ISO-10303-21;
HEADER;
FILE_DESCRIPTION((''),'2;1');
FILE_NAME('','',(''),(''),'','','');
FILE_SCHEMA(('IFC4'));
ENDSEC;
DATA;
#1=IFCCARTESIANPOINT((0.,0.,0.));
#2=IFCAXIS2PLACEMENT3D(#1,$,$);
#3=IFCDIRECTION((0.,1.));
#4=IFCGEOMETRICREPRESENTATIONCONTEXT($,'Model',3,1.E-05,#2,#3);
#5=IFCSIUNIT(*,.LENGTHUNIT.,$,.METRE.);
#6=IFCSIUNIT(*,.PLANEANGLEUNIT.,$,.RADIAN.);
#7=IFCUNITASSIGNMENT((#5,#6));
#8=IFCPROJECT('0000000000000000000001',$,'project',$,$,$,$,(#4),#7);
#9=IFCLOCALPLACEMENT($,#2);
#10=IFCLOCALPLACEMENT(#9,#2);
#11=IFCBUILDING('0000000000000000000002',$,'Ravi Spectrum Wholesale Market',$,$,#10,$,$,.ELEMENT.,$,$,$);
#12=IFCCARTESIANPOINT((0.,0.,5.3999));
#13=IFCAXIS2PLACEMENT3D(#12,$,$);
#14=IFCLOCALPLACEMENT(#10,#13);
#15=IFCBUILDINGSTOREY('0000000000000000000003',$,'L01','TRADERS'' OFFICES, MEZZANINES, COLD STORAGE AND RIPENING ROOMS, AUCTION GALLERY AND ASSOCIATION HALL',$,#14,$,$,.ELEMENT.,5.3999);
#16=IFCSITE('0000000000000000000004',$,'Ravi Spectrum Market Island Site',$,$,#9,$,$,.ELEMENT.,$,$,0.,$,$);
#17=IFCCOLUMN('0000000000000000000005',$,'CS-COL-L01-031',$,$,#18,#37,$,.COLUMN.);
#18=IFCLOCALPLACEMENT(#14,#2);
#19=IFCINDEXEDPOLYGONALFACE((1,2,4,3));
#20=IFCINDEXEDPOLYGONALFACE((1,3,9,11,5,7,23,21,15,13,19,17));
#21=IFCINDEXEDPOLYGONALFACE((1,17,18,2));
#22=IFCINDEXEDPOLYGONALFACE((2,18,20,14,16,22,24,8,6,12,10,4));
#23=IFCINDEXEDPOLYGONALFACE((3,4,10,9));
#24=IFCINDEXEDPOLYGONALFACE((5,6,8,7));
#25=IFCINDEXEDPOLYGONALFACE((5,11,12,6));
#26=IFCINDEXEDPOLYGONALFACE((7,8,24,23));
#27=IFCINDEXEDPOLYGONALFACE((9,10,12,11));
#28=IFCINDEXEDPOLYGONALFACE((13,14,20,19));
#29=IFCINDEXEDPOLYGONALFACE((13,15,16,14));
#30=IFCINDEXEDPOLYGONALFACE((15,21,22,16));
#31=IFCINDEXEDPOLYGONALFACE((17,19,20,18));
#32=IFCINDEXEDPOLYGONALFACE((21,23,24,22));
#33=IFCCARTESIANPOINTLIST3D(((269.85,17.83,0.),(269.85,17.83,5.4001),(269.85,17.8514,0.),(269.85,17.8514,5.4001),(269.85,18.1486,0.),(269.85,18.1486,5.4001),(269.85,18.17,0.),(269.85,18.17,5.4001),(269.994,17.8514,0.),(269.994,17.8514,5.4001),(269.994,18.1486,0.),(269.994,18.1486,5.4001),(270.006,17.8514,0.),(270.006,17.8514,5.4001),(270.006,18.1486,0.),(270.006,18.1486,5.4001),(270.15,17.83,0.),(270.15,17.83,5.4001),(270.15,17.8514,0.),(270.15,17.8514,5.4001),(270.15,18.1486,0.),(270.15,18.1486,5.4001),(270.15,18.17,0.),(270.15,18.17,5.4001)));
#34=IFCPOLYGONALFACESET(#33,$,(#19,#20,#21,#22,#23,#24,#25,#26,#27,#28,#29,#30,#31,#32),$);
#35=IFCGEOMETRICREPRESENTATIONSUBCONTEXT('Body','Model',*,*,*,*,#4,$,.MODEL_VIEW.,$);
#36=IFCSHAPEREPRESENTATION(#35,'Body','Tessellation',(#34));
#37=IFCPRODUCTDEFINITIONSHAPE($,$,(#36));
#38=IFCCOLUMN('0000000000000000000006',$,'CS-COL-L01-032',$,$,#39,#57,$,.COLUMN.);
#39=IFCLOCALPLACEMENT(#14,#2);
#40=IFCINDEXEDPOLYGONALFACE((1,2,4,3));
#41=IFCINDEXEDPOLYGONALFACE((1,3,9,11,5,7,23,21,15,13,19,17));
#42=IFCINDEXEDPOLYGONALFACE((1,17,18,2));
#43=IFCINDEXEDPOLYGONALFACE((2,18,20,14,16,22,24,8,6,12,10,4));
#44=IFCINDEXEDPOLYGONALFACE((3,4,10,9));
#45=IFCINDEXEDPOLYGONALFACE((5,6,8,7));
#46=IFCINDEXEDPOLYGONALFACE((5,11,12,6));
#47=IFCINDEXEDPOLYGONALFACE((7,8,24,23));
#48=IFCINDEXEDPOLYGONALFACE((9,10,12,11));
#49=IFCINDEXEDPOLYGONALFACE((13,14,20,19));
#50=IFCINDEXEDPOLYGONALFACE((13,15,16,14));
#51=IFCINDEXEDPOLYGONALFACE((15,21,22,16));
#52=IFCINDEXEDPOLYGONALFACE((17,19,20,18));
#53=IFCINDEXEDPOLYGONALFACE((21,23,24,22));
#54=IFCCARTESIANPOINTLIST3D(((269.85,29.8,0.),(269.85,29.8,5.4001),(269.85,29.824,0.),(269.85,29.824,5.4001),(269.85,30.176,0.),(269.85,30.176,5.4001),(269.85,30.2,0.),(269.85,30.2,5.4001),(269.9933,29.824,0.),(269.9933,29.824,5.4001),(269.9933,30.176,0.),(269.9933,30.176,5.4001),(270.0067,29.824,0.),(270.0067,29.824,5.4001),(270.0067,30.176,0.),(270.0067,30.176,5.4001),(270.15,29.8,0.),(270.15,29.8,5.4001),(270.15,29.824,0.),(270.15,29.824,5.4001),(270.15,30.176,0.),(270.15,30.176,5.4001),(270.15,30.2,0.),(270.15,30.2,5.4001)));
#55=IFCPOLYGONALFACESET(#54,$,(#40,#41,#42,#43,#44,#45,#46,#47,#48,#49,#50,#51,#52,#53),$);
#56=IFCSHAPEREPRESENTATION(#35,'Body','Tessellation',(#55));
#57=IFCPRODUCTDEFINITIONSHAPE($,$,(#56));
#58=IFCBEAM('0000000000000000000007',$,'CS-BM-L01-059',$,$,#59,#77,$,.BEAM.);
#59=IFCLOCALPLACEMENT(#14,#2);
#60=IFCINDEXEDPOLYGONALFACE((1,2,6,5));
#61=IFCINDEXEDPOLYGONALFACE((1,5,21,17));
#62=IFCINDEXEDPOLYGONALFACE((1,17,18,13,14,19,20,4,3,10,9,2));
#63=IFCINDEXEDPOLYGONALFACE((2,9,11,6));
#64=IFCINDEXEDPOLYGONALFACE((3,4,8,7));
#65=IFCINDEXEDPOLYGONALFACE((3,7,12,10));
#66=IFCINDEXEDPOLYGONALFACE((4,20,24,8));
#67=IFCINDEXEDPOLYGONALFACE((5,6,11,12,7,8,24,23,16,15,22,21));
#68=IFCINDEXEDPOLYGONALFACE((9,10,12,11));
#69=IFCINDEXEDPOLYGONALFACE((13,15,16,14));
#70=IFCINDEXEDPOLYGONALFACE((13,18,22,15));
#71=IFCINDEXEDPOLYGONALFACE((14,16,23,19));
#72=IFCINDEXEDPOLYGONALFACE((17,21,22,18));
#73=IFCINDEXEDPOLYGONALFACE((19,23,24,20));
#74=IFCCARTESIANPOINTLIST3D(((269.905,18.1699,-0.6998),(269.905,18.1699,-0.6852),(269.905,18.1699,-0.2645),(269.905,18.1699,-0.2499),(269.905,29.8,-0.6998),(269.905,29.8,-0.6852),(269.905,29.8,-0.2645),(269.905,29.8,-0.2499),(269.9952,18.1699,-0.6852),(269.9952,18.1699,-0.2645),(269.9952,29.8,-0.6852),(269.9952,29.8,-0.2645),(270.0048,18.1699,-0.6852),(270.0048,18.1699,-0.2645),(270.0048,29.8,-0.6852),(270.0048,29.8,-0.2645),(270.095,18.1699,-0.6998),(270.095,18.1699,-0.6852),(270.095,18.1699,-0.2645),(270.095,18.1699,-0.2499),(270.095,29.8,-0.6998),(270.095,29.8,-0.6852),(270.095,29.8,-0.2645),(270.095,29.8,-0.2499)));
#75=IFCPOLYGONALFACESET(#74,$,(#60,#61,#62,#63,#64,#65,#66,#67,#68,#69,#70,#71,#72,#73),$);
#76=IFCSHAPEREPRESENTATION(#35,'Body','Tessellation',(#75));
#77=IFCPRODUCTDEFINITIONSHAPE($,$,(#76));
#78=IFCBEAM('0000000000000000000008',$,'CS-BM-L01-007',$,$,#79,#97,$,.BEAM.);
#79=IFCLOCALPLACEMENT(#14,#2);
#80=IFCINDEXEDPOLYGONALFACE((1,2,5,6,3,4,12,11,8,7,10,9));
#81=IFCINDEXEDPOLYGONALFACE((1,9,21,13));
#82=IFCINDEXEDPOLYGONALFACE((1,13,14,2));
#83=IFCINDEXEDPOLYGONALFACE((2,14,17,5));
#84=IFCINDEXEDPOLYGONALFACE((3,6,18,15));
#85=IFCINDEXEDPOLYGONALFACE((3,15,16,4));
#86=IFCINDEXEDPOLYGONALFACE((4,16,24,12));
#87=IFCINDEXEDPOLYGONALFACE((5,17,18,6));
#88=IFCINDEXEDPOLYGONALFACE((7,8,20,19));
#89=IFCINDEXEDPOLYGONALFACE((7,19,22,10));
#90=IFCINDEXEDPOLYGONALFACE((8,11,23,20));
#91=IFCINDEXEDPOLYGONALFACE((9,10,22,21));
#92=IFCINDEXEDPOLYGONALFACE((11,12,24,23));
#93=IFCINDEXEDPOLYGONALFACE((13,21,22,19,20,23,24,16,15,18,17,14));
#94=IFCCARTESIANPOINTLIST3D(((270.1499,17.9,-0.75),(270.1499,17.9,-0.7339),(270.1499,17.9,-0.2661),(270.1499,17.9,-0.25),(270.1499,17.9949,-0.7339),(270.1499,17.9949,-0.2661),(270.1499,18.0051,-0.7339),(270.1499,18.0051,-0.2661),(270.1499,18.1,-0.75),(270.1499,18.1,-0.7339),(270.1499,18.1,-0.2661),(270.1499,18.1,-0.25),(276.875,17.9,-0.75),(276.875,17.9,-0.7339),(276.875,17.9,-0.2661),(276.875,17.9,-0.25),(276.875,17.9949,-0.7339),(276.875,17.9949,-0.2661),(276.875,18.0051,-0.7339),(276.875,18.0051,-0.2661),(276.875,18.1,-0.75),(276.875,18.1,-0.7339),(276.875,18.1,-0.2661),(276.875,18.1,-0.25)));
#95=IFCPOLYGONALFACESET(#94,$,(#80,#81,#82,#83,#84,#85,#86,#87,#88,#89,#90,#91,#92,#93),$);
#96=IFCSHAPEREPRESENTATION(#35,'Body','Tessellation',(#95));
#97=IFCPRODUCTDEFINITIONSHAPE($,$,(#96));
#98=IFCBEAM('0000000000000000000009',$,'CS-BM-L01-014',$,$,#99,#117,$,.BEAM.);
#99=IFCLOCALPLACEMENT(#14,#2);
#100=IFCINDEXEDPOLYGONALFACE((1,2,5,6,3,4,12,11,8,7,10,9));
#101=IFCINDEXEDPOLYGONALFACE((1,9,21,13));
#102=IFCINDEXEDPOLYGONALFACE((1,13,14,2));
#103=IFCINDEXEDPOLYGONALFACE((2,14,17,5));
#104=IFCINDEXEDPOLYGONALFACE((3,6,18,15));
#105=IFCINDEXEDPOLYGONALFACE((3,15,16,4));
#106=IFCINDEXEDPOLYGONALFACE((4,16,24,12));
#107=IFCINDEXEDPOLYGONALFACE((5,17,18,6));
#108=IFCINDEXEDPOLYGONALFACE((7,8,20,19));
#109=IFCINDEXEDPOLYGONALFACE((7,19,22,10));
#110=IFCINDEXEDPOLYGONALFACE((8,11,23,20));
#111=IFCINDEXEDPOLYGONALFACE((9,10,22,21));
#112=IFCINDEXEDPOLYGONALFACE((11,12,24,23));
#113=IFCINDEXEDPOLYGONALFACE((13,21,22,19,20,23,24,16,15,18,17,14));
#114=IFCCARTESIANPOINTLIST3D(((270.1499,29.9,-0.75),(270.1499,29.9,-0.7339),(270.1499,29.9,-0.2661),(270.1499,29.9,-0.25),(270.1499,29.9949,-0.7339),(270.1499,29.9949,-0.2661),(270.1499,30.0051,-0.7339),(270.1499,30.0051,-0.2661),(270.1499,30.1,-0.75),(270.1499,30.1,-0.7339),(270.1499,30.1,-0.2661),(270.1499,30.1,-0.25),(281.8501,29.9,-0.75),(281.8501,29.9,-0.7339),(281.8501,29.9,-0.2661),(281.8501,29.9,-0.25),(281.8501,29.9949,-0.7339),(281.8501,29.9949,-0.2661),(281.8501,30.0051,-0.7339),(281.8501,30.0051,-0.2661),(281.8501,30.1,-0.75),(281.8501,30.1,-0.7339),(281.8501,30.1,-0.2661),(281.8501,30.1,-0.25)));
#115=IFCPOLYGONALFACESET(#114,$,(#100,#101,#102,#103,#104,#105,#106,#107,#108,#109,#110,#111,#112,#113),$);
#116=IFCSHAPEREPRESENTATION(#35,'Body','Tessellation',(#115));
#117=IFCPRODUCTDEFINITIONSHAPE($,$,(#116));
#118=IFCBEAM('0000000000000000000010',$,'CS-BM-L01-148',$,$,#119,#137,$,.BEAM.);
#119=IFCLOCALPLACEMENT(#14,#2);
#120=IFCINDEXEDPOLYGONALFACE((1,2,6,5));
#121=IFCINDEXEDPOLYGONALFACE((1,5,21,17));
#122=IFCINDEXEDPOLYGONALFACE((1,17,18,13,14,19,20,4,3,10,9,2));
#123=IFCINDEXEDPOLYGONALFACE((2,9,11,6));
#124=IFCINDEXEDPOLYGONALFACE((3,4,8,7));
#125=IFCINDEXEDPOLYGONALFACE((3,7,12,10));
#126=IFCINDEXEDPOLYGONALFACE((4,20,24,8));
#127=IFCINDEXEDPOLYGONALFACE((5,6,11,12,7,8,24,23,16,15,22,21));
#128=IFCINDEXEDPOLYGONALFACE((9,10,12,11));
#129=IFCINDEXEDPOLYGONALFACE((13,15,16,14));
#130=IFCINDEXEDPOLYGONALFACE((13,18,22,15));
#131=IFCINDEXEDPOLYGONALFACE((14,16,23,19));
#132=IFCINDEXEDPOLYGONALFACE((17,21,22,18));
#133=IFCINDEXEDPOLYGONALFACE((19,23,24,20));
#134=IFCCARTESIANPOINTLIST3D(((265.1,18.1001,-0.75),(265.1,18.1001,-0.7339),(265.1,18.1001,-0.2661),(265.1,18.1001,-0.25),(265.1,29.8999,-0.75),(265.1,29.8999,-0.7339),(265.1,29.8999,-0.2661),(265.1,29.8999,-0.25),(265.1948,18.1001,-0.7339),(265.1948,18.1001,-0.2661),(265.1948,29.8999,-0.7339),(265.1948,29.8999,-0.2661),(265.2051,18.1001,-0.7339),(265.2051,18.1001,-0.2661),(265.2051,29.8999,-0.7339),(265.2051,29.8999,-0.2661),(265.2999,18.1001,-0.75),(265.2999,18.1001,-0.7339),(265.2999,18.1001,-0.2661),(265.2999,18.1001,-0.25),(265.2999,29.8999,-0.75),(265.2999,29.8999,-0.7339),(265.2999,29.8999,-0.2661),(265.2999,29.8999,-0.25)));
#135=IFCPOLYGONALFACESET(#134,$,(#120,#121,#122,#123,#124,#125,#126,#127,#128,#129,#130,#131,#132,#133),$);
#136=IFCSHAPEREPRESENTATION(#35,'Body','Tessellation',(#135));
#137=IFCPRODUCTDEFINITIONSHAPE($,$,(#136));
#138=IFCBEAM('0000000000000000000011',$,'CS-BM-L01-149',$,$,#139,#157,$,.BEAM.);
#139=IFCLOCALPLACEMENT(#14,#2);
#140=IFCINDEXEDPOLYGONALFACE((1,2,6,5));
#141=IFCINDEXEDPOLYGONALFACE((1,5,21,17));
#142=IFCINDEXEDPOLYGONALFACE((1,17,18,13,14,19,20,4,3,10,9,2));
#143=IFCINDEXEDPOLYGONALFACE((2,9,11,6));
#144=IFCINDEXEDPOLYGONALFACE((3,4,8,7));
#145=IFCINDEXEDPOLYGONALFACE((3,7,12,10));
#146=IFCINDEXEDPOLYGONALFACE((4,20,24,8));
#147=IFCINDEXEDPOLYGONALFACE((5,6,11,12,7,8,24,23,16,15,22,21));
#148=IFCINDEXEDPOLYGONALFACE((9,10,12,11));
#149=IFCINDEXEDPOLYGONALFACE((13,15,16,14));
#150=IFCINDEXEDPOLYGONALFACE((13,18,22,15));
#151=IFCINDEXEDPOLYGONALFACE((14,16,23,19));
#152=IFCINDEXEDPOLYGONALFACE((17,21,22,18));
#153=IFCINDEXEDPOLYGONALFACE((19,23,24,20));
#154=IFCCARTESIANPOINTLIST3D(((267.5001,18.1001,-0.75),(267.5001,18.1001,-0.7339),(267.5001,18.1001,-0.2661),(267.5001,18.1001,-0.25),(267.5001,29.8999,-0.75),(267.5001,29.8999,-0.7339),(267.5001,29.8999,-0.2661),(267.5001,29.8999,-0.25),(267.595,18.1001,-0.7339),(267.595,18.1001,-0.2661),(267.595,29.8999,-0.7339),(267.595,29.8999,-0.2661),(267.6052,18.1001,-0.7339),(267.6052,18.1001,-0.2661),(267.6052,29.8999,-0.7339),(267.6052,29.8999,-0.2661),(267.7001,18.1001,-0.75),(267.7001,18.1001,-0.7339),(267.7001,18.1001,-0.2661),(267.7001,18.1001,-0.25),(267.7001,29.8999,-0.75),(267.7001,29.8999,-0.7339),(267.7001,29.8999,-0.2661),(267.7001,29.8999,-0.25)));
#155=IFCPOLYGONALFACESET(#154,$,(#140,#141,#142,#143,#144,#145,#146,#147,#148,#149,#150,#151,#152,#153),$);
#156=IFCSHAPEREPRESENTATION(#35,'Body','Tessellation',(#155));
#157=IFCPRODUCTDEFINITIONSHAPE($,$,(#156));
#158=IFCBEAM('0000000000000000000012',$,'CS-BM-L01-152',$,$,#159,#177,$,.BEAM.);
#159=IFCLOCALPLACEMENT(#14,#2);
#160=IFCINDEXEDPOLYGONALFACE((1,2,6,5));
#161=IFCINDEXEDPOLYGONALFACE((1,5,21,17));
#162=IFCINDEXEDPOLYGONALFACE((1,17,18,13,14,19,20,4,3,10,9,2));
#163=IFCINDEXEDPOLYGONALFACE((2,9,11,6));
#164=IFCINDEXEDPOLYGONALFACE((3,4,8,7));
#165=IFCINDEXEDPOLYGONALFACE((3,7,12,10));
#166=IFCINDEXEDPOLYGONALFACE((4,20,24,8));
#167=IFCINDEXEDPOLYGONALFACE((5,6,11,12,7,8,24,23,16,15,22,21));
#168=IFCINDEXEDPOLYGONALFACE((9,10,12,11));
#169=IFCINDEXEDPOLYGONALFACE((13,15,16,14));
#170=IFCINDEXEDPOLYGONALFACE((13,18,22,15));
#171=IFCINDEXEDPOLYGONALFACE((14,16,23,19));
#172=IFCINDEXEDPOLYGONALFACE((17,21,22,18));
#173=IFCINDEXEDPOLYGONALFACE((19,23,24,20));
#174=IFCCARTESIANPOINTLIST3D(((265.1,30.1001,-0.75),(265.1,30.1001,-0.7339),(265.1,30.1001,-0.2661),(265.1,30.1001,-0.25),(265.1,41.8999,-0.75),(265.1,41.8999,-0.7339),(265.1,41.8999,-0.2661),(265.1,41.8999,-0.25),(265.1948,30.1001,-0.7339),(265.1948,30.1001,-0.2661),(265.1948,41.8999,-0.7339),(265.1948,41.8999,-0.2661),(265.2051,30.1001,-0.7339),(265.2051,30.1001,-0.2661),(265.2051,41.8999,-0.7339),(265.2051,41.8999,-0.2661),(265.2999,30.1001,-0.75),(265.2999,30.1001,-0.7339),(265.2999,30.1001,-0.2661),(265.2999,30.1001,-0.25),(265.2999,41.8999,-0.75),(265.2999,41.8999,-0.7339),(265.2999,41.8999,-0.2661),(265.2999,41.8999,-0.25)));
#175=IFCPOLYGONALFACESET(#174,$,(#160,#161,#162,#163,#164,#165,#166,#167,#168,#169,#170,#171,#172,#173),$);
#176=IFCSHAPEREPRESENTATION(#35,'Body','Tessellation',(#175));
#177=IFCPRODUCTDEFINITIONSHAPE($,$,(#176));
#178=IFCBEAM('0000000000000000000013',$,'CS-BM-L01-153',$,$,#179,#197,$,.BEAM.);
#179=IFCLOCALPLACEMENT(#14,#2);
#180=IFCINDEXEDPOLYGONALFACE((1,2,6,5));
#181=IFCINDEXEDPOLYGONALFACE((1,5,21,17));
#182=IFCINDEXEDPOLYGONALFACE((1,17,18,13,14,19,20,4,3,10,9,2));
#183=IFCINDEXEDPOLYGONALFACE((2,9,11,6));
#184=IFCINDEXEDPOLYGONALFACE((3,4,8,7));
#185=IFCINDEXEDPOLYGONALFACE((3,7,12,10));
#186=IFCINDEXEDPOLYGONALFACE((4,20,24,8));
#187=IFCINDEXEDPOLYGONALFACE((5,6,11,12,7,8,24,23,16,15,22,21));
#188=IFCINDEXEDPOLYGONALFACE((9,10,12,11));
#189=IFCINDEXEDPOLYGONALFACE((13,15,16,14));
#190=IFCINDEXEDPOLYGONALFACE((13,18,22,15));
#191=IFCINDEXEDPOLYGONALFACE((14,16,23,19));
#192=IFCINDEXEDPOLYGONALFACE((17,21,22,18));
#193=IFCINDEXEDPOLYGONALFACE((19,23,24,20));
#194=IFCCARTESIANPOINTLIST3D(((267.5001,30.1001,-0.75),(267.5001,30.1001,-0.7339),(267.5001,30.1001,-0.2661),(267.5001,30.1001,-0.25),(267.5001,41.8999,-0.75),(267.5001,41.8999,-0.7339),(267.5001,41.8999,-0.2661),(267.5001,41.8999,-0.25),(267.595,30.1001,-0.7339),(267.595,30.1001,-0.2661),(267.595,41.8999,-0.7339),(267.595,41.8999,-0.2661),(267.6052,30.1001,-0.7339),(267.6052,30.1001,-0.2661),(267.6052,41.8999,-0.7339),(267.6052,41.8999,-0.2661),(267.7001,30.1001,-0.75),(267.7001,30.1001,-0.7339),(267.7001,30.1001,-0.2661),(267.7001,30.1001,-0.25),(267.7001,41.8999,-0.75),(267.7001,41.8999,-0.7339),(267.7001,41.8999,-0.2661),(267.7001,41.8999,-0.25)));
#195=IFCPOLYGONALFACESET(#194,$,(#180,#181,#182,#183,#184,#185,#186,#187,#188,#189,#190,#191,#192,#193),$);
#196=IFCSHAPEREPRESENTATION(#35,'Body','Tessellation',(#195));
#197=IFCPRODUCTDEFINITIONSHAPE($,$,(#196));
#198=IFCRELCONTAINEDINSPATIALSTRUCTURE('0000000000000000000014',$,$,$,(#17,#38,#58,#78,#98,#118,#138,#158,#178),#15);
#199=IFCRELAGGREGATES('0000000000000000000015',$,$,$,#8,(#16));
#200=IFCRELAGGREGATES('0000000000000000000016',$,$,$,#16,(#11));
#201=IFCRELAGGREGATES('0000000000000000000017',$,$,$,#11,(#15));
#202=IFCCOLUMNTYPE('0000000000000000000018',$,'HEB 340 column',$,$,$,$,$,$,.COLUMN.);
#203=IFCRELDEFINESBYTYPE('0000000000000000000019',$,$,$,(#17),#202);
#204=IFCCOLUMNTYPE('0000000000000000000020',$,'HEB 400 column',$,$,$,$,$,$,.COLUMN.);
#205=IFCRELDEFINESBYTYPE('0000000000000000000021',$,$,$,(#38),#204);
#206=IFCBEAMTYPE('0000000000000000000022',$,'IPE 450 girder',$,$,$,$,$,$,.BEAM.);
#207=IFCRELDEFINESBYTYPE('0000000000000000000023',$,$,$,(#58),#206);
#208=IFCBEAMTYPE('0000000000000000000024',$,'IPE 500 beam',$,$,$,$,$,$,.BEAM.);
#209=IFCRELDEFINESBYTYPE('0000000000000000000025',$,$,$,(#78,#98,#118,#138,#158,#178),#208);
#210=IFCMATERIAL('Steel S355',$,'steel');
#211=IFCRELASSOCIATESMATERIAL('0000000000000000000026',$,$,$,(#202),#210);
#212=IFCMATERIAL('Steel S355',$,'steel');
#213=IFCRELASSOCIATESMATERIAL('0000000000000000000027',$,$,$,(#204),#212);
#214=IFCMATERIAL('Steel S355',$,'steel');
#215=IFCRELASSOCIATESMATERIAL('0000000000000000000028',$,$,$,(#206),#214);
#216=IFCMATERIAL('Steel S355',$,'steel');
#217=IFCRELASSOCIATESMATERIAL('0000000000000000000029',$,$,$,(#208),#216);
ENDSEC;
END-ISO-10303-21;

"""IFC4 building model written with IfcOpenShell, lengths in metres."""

from ifc_helpers import new_model, si_unit, direction, frame, origin, origin_2d, place, context, subcontext, project, spatial, i_section, extrude, material, material_profile, profile_set, type_object, element, save


model = new_model("IFC4")

# Units and contexts
model_context = context("Model", 3, precision=1e-05, world=origin(), true_north=direction((0.0, 1.0)))
body_context = subcontext(model_context, "Body", "Model", "MODEL_VIEW")
ifc_project = project(units=[si_unit("LENGTHUNIT", "METRE"), si_unit("PLANEANGLEUNIT", "RADIAN")], contexts=[model_context])

# Site, building, storey
site_placement = place(None, origin())
site = spatial("IfcSite", under=ifc_project, at=site_placement, Name="Ravi Spectrum Market Island Site", CompositionType="ELEMENT", RefElevation=0.0)
building_placement = place(site_placement, origin())
building = spatial("IfcBuilding", under=site, at=building_placement, Name="Ravi Spectrum Wholesale Market", CompositionType="ELEMENT")
storey_placement = place(building_placement, frame((0.0, 0.0, 5.3999)))
storey = spatial("IfcBuildingStorey", under=building, at=storey_placement, Name="L01", Description="TRADERS' OFFICES, MEZZANINES, COLD STORAGE AND RIPENING ROOMS, AUCTION GALLERY AND ASSOCIATION HALL", CompositionType="ELEMENT", Elevation=5.3999)

# Columns
ifc_material_1 = material(Name="Steel S355", Category="steel")
ifc_material_profile_1 = material_profile(ifc_material_1, i_section(OverallWidth=0.3, OverallDepth=0.3401, WebThickness=0.012, FlangeThickness=0.0215, at=origin_2d()))
ifc_profile_set_1 = profile_set([ifc_material_profile_1], Name="Steel S355")
column_type_1 = type_object("IfcColumnType", Name="HEB 340 column", PredefinedType="COLUMN", material=ifc_profile_set_1)
column_1_placement = place(storey_placement, frame((270.0, 18.0, 0.0), z_axis=(0.0, 0.0, 1.0), x_axis=(1.0, 0.0, 0.0)))
element("IfcColumn", 1, at=column_1_placement, inside=storey, type_object=column_type_1, Name="CS-COL-L01-031", PredefinedType="COLUMN", context=body_context, shape_type="SweptSolid", body=[
    extrude(i_section(OverallWidth=0.3, OverallDepth=0.3401, WebThickness=0.012, FlangeThickness=0.0215, at=origin_2d()), origin(), (0.0, 0.0, 1.0), 5.4001),
])
ifc_material_2 = material(Name="Steel S355", Category="steel")
ifc_material_profile_2 = material_profile(ifc_material_2, i_section(OverallWidth=0.3, OverallDepth=0.3999, WebThickness=0.0134, FlangeThickness=0.0239, at=origin_2d()))
ifc_profile_set_2 = profile_set([ifc_material_profile_2], Name="Steel S355")
column_type_2 = type_object("IfcColumnType", Name="HEB 400 column", PredefinedType="COLUMN", material=ifc_profile_set_2)
column_2_placement = place(storey_placement, frame((270.0, 30.0, 0.0), z_axis=(0.0, 0.0, 1.0), x_axis=(1.0, 0.0, 0.0)))
element("IfcColumn", 2, at=column_2_placement, inside=storey, type_object=column_type_2, Name="CS-COL-L01-032", PredefinedType="COLUMN", context=body_context, shape_type="SweptSolid", body=[
    extrude(i_section(OverallWidth=0.3, OverallDepth=0.3999, WebThickness=0.0134, FlangeThickness=0.0239, at=origin_2d()), origin(), (0.0, 0.0, 1.0), 5.4001),
])

# Beams
ifc_material_3 = material(Name="Steel S355", Category="steel")
ifc_material_profile_3 = material_profile(ifc_material_3, i_section(OverallWidth=0.1899, OverallDepth=0.45, WebThickness=0.0095, FlangeThickness=0.0146, at=origin_2d()))
ifc_profile_set_3 = profile_set([ifc_material_profile_3], Name="Steel S355")
beam_type_1 = type_object("IfcBeamType", Name="IPE 450 girder", PredefinedType="BEAM", material=ifc_profile_set_3)
beam_1_placement = place(storey_placement, frame((270.0, 18.1699, -0.4749), z_axis=(0.0, 1.0, 0.0), x_axis=(-1.0, 0.0, 0.0)))
element("IfcBeam", 3, at=beam_1_placement, inside=storey, type_object=beam_type_1, Name="CS-BM-L01-059", PredefinedType="BEAM", context=body_context, shape_type="SweptSolid", body=[
    extrude(i_section(OverallWidth=0.1899, OverallDepth=0.45, WebThickness=0.0095, FlangeThickness=0.0146, at=origin_2d()), origin(), (0.0, 0.0, 1.0), 11.6301),
])
ifc_material_4 = material(Name="Steel S355", Category="steel")
ifc_material_profile_4 = material_profile(ifc_material_4, i_section(OverallWidth=0.2, OverallDepth=0.5, WebThickness=0.0103, FlangeThickness=0.0161, at=origin_2d()))
ifc_profile_set_4 = profile_set([ifc_material_profile_4], Name="Steel S355")
beam_type_2 = type_object("IfcBeamType", Name="IPE 500 beam", PredefinedType="BEAM", material=ifc_profile_set_4)
beam_2_placement = place(storey_placement, frame((270.1499, 18.0, -0.5), z_axis=(1.0, 0.0, 0.0), x_axis=(0.0, 1.0, 0.0)))
element("IfcBeam", 4, at=beam_2_placement, inside=storey, type_object=beam_type_2, Name="CS-BM-L01-007", PredefinedType="BEAM", context=body_context, shape_type="SweptSolid", body=[
    extrude(i_section(OverallWidth=0.2, OverallDepth=0.5, WebThickness=0.0103, FlangeThickness=0.0161, at=origin_2d()), origin(), (0.0, 0.0, 1.0), 6.7251),
])
beam_3_placement = place(storey_placement, frame((270.1499, 30.0, -0.5), z_axis=(1.0, 0.0, 0.0), x_axis=(0.0, 1.0, 0.0)))
element("IfcBeam", 5, at=beam_3_placement, inside=storey, type_object=beam_type_2, Name="CS-BM-L01-014", PredefinedType="BEAM", context=body_context, shape_type="SweptSolid", body=[
    extrude(i_section(OverallWidth=0.2, OverallDepth=0.5, WebThickness=0.0103, FlangeThickness=0.0161, at=origin_2d()), origin(), (0.0, 0.0, 1.0), 11.7002),
])
for number, where, z_axis, x_axis, name in (
    (6, (265.2, 18.1001, -0.5), (0.0, 1.0, 0.0), (-1.0, 0.0, 0.0), "CS-BM-L01-148"),
    (7, (267.6001, 18.1001, -0.5), (0.0, 1.0, 0.0), (-1.0, 0.0, 0.0), "CS-BM-L01-149"),
    (8, (265.2, 30.1001, -0.5), (0.0, 1.0, 0.0), (-1.0, 0.0, 0.0), "CS-BM-L01-152"),
    (9, (267.6001, 30.1001, -0.5), (0.0, 1.0, 0.0), (-1.0, 0.0, 0.0), "CS-BM-L01-153"),
):
    element("IfcBeam", number, at=place(storey_placement, frame(where, z_axis=z_axis, x_axis=x_axis)), inside=storey, type_object=beam_type_2, Name=name, PredefinedType="BEAM", context=body_context, shape_type="SweptSolid", body=[
        extrude(i_section(OverallWidth=0.2, OverallDepth=0.5, WebThickness=0.0103, FlangeThickness=0.0161, at=origin_2d()), origin(), (0.0, 0.0, 1.0), 11.7998),
    ])

save(model, "model.ifc")
